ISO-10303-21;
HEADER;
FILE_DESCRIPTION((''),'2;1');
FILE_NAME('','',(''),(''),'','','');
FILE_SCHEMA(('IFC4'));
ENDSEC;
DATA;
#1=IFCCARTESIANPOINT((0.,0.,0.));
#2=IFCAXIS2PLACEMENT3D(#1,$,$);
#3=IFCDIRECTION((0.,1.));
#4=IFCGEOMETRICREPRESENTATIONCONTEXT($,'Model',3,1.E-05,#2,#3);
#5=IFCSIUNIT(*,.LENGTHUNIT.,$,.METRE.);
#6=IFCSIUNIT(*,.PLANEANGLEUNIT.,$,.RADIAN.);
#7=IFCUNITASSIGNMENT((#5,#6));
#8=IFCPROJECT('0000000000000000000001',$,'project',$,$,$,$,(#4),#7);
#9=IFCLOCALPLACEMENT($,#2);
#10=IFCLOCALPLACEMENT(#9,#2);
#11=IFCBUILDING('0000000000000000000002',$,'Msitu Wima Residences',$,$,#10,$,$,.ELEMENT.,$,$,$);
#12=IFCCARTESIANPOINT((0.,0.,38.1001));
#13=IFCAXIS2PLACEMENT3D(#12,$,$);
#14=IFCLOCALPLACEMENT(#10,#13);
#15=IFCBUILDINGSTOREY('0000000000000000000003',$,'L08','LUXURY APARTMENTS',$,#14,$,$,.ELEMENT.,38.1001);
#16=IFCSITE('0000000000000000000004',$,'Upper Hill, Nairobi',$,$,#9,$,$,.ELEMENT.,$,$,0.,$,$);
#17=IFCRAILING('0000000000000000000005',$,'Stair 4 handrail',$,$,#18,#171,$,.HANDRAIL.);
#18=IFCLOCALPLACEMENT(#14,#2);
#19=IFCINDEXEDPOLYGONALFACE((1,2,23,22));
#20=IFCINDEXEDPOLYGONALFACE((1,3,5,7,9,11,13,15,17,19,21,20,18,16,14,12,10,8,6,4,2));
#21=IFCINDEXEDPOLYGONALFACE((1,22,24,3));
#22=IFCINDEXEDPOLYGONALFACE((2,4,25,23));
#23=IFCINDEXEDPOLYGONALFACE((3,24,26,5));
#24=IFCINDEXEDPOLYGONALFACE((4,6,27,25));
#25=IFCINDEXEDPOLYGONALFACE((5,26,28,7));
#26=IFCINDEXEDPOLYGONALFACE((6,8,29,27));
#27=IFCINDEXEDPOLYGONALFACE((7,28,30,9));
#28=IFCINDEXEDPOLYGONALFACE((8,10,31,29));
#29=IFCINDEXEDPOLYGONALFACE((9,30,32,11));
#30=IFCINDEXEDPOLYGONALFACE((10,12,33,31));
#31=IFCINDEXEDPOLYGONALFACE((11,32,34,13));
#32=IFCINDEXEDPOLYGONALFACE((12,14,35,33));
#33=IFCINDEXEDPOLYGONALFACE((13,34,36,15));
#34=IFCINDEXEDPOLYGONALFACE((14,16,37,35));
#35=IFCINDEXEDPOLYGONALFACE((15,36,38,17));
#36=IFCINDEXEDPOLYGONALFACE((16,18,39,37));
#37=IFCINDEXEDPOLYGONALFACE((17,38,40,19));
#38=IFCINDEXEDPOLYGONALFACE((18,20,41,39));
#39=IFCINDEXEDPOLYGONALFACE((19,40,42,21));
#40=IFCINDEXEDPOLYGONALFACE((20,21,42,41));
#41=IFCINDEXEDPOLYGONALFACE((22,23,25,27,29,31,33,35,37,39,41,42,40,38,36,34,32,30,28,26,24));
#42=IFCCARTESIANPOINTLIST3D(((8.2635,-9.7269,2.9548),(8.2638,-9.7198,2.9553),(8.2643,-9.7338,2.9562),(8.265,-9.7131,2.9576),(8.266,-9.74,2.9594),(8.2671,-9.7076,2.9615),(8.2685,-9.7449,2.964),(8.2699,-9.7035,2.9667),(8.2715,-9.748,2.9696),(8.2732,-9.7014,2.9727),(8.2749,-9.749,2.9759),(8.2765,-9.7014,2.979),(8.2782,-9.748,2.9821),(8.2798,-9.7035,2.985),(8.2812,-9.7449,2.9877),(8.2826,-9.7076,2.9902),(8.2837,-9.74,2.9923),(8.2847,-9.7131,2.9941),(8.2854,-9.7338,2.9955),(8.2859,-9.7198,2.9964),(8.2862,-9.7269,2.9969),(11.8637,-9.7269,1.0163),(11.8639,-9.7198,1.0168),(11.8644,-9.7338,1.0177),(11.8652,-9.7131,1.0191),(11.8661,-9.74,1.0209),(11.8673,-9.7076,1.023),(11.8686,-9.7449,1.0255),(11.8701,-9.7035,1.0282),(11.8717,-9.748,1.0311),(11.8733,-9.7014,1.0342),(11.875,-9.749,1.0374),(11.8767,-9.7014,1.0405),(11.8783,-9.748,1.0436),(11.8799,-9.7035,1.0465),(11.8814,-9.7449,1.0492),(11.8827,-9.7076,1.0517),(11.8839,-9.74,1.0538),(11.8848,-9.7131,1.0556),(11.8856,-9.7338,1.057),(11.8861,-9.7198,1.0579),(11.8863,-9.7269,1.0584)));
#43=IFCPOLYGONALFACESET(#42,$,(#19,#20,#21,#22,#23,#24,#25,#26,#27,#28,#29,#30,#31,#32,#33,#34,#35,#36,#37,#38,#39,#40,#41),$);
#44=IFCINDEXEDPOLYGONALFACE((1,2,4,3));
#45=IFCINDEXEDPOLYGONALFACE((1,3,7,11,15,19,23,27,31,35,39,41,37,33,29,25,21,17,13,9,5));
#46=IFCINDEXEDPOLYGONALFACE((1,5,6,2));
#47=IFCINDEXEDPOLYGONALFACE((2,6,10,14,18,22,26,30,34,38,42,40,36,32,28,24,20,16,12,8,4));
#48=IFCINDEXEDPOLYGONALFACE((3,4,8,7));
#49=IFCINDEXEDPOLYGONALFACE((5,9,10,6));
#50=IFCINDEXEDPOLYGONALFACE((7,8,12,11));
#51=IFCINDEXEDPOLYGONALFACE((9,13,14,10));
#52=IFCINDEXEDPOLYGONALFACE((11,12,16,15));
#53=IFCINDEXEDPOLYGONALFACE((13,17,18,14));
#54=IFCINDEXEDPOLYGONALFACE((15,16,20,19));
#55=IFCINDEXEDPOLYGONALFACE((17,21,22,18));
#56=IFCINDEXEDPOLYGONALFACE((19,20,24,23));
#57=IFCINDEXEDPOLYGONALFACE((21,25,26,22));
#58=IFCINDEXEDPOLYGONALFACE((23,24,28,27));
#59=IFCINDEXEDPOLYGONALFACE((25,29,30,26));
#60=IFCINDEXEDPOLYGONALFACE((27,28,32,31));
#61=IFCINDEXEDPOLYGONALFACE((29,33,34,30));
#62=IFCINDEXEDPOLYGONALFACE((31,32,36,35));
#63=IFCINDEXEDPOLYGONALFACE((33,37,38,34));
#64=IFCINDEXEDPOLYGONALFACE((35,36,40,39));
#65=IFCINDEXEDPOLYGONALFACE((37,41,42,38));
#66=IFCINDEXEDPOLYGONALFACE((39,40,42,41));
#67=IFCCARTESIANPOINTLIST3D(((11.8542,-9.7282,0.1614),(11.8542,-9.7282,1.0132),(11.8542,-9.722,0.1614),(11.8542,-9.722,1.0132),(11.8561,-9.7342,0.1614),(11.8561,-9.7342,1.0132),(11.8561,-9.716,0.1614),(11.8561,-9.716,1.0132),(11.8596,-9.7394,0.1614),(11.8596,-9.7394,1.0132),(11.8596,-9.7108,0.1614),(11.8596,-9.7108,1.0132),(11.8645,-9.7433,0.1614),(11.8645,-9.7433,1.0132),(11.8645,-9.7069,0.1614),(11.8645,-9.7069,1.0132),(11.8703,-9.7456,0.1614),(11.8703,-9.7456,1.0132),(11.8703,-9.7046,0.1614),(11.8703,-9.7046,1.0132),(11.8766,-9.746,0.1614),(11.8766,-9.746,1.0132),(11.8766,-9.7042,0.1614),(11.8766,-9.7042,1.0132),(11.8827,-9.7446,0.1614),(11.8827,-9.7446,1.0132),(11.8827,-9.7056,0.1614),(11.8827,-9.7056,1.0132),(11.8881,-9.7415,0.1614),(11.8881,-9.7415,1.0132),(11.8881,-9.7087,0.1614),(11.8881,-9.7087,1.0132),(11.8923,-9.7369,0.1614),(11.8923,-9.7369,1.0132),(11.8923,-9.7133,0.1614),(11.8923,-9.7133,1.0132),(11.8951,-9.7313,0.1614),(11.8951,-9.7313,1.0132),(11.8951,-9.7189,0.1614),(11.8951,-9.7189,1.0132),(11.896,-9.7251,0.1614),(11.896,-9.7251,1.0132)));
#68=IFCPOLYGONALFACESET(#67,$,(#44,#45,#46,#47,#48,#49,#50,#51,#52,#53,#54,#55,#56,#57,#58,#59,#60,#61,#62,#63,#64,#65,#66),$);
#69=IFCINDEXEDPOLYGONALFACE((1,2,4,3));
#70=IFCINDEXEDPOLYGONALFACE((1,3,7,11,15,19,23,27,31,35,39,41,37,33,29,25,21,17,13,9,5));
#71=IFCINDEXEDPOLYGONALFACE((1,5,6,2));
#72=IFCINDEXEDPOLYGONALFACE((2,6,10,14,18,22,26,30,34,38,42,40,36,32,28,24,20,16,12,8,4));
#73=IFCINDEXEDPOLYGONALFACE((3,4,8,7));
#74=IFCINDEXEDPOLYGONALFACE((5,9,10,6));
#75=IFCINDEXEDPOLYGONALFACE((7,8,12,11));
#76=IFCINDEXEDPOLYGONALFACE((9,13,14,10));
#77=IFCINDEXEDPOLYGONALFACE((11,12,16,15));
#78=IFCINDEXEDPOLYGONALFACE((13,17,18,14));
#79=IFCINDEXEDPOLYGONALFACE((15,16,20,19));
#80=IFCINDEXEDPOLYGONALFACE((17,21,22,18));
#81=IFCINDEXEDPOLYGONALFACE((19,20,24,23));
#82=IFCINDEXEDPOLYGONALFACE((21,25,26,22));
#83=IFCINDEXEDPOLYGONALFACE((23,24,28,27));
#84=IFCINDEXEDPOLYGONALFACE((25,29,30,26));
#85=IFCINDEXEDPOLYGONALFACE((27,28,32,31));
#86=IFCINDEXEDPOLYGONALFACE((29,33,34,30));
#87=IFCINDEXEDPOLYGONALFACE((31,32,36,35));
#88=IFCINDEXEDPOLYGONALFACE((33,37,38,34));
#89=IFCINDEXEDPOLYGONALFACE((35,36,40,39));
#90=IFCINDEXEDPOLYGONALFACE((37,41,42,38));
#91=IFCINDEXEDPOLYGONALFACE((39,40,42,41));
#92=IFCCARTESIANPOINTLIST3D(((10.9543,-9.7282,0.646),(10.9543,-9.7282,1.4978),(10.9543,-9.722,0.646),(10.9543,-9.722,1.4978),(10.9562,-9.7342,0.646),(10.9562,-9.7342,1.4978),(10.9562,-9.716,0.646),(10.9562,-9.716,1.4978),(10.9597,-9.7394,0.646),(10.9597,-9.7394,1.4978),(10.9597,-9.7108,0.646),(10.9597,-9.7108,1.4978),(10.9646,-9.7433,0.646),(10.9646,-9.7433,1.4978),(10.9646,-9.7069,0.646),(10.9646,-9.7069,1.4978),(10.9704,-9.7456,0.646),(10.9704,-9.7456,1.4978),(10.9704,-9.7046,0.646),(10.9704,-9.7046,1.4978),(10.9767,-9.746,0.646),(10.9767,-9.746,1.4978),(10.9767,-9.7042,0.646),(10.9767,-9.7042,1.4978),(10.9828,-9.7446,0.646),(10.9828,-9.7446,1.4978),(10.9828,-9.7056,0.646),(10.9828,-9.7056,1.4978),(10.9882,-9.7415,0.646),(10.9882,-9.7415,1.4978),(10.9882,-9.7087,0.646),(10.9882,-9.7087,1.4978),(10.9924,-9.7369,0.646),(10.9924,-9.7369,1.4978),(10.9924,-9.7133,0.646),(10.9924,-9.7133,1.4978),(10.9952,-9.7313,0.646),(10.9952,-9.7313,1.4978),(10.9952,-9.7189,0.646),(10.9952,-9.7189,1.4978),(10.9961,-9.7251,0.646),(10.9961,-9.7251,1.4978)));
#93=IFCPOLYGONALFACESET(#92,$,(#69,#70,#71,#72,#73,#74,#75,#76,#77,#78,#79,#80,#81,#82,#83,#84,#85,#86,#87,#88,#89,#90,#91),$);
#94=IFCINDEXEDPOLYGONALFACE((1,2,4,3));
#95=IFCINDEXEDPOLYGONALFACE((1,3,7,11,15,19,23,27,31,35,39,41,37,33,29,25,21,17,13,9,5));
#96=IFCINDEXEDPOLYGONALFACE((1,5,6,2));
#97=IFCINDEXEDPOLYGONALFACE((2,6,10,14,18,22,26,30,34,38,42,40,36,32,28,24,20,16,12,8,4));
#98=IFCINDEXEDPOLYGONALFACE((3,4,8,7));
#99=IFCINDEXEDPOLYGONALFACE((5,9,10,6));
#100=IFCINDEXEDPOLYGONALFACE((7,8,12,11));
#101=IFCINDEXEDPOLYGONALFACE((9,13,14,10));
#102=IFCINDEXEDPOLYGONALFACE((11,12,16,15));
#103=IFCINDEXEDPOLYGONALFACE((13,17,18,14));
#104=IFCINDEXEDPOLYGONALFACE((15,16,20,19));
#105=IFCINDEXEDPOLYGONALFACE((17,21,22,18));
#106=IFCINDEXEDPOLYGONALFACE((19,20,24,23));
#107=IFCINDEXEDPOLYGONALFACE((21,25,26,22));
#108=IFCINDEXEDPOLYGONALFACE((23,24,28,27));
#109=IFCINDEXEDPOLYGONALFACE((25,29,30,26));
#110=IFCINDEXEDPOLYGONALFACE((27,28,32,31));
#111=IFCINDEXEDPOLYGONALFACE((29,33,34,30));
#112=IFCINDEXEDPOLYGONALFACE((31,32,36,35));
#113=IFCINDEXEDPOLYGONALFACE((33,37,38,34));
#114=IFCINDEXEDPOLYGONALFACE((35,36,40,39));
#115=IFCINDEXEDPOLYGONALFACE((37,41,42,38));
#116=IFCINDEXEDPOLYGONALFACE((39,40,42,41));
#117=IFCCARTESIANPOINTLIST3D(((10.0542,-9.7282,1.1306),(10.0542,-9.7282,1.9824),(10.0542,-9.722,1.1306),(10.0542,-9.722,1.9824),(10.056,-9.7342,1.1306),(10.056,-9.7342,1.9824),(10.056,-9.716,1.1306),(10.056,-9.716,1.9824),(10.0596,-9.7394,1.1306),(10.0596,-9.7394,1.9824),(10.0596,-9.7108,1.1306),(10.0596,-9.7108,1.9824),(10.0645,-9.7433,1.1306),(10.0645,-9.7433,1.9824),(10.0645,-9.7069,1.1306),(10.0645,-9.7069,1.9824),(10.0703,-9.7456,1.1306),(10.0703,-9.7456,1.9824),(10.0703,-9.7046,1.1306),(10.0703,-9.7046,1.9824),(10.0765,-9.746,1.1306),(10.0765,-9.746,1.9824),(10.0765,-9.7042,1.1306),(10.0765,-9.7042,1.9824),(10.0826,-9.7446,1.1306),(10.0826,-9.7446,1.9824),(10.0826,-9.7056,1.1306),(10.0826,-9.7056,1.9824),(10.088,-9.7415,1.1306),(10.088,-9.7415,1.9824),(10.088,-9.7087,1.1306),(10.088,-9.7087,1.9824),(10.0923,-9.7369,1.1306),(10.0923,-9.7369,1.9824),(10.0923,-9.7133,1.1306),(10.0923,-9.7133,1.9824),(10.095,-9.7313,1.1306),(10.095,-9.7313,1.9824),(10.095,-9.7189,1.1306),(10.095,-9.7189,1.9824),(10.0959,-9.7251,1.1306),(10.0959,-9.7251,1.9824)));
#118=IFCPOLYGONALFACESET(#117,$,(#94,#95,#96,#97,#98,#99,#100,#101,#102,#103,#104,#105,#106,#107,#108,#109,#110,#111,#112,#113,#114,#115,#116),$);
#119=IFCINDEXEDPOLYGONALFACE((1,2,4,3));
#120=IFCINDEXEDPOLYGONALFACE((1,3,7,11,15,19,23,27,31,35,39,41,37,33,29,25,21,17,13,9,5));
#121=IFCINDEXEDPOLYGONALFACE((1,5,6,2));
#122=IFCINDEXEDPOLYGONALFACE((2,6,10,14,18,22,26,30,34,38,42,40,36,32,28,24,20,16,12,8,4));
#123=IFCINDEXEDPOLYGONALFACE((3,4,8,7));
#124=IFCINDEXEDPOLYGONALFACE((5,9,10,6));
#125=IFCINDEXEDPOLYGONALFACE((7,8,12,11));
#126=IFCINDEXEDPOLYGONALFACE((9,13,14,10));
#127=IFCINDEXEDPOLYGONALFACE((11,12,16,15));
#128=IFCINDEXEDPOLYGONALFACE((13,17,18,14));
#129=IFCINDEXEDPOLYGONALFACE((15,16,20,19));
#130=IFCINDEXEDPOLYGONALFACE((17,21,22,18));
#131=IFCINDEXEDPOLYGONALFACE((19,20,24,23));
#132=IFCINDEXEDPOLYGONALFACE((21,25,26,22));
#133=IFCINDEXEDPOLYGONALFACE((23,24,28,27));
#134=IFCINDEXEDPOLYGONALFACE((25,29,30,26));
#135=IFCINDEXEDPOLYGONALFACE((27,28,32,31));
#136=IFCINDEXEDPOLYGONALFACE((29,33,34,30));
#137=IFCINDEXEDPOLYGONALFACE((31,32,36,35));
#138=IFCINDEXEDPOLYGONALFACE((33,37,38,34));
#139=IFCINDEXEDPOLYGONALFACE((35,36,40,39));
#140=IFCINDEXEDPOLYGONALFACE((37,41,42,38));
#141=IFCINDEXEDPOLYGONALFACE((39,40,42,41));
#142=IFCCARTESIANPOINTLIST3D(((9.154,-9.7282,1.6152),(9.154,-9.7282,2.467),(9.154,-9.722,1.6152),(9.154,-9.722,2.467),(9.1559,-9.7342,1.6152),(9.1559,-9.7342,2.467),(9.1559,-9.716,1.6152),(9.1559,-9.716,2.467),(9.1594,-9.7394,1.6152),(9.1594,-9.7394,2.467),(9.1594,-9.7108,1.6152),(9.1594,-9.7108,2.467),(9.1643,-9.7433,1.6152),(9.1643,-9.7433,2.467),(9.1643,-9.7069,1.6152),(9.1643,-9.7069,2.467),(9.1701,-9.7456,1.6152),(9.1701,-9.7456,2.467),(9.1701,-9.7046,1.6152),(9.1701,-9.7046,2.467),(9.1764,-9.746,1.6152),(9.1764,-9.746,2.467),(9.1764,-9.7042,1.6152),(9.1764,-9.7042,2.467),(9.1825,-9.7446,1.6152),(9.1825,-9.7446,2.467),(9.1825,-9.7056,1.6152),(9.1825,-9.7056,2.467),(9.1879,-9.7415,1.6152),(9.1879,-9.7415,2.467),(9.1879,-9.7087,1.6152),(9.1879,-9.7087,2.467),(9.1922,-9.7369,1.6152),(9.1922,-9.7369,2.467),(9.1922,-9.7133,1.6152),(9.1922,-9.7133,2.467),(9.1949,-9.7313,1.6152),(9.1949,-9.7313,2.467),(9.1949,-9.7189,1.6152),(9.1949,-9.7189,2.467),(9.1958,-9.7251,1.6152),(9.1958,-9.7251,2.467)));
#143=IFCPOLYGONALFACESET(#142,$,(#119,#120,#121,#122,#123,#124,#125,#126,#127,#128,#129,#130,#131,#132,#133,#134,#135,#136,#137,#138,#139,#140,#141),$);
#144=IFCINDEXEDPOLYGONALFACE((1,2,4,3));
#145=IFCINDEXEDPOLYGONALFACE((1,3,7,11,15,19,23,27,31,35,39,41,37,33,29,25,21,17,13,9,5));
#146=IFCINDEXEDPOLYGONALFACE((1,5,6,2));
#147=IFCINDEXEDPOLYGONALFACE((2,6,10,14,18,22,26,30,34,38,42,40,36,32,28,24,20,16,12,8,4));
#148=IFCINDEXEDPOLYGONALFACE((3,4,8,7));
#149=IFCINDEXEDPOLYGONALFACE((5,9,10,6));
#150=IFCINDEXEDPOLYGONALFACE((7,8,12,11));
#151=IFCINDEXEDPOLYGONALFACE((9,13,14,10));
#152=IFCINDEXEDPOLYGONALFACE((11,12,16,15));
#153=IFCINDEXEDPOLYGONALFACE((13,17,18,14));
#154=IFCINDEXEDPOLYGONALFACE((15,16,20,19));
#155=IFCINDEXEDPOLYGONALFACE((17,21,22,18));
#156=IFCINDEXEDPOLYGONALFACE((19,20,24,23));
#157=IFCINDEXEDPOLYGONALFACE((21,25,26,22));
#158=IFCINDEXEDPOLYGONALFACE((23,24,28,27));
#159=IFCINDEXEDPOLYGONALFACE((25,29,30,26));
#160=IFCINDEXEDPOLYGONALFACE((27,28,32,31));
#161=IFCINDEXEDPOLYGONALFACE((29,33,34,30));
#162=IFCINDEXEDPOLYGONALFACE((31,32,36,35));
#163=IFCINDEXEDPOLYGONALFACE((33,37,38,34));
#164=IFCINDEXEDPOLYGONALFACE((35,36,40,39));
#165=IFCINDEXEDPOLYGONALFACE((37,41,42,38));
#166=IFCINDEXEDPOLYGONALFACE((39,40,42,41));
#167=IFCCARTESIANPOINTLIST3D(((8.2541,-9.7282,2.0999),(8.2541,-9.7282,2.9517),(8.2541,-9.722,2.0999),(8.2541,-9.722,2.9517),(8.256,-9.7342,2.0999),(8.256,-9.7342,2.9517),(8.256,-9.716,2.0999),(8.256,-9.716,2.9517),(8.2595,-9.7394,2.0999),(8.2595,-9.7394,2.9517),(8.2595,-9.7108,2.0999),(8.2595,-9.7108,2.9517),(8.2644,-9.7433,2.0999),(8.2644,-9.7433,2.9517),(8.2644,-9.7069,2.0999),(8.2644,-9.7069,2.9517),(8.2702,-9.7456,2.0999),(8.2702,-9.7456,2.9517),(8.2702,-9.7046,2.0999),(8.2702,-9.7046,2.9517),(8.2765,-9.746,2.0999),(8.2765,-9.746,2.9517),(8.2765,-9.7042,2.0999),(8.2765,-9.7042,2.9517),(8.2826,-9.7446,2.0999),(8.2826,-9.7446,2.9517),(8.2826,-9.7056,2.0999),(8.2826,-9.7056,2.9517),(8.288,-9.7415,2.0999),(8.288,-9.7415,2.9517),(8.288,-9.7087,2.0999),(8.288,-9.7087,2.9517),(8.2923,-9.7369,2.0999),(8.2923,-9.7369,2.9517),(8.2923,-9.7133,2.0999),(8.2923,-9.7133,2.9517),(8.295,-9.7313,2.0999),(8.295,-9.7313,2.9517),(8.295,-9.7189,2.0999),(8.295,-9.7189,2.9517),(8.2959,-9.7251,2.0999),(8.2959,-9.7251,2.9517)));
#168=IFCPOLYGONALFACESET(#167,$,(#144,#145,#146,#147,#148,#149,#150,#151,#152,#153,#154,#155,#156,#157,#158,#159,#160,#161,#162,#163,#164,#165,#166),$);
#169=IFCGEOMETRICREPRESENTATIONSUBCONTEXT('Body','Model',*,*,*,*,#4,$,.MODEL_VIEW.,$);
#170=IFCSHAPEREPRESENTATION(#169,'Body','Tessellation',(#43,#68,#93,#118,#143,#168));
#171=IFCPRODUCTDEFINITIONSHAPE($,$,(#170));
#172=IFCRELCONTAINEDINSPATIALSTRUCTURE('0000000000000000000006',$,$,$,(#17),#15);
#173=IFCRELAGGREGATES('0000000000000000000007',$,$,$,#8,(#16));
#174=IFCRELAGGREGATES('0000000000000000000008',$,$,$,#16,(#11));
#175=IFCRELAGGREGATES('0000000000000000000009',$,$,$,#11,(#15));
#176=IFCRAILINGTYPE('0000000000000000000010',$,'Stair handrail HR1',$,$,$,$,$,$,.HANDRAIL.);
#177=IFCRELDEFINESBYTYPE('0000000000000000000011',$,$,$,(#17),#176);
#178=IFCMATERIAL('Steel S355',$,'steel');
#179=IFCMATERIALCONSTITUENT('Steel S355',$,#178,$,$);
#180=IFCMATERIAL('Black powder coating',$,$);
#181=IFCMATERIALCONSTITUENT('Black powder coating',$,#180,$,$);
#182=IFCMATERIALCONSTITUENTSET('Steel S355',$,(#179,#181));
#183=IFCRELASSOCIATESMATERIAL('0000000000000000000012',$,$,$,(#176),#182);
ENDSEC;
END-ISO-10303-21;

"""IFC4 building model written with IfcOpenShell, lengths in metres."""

from ifc_helpers import new_model, si_unit, direction, frame, origin, origin_2d, place, context, subcontext, project, spatial, circle, extrude, material, constituent, constituent_set, type_object, element, save


model = new_model("IFC4")

# Units and contexts
model_context = context("Model", 3, precision=1e-05, world=origin(), true_north=direction((0.0, 1.0)))
body_context = subcontext(model_context, "Body", "Model", "MODEL_VIEW")
ifc_project = project(units=[si_unit("LENGTHUNIT", "METRE"), si_unit("PLANEANGLEUNIT", "RADIAN")], contexts=[model_context])

# Site, building, storey
site_placement = place(None, origin())
site = spatial("IfcSite", under=ifc_project, at=site_placement, Name="Upper Hill, Nairobi", CompositionType="ELEMENT", RefElevation=0.0)
building_placement = place(site_placement, origin())
building = spatial("IfcBuilding", under=site, at=building_placement, Name="Msitu Wima Residences", CompositionType="ELEMENT")
storey_placement = place(building_placement, frame((0.0, 0.0, 38.1001)))
storey = spatial("IfcBuildingStorey", under=building, at=storey_placement, Name="L08", Description="LUXURY APARTMENTS", CompositionType="ELEMENT", Elevation=38.1001)

# Railing
ifc_material_1 = material(Name="Steel S355", Category="steel")
ifc_constituent_1 = constituent(ifc_material_1, Name="Steel S355")
ifc_material_2 = material(Name="Black powder coating")
ifc_constituent_2 = constituent(ifc_material_2, Name="Black powder coating")
ifc_constituent_set = constituent_set(constituents=[ifc_constituent_1, ifc_constituent_2], Name="Steel S355")
railing_type = type_object("IfcRailingType", Name="Stair handrail HR1", PredefinedType="HANDRAIL", material=ifc_constituent_set)
for number, where, name in (
    (1, (11.875, -9.7251, 0.1614), "Stair 4 handrail"),
):
    element("IfcRailing", number, at=place(storey_placement, frame(where)), inside=storey, type_object=railing_type, Name=name, PredefinedType="HANDRAIL", context=body_context, shape_type="SweptSolid", body=[
        extrude(circle(Radius=0.0239, at=origin_2d()), frame((0.0, 0.0, 0.876), z_axis=(-0.880475, 0.0, 0.474093), x_axis=(0.0, -1.0, 0.0)), (0.0, 0.0, 1.0), 4.0889),
        extrude(circle(Radius=0.021, at=origin_2d()), origin(), (0.0, 0.0, 1.0), 0.8518),
        extrude(circle(Radius=0.021, at=origin_2d()), frame((-0.8999, 0.0, 0.4846)), (0.0, 0.0, 1.0), 0.8518),
        extrude(circle(Radius=0.021, at=origin_2d()), frame((-1.8, 0.0, 0.9692)), (0.0, 0.0, 1.0), 0.8518),
        extrude(circle(Radius=0.021, at=origin_2d()), frame((-2.7002, 0.0, 1.4539)), (0.0, 0.0, 1.0), 0.8518),
        extrude(circle(Radius=0.021, at=origin_2d()), frame((-3.6001, 0.0, 1.9385)), (0.0, 0.0, 1.0), 0.8518),
    ])

save(model, "model.ifc")
